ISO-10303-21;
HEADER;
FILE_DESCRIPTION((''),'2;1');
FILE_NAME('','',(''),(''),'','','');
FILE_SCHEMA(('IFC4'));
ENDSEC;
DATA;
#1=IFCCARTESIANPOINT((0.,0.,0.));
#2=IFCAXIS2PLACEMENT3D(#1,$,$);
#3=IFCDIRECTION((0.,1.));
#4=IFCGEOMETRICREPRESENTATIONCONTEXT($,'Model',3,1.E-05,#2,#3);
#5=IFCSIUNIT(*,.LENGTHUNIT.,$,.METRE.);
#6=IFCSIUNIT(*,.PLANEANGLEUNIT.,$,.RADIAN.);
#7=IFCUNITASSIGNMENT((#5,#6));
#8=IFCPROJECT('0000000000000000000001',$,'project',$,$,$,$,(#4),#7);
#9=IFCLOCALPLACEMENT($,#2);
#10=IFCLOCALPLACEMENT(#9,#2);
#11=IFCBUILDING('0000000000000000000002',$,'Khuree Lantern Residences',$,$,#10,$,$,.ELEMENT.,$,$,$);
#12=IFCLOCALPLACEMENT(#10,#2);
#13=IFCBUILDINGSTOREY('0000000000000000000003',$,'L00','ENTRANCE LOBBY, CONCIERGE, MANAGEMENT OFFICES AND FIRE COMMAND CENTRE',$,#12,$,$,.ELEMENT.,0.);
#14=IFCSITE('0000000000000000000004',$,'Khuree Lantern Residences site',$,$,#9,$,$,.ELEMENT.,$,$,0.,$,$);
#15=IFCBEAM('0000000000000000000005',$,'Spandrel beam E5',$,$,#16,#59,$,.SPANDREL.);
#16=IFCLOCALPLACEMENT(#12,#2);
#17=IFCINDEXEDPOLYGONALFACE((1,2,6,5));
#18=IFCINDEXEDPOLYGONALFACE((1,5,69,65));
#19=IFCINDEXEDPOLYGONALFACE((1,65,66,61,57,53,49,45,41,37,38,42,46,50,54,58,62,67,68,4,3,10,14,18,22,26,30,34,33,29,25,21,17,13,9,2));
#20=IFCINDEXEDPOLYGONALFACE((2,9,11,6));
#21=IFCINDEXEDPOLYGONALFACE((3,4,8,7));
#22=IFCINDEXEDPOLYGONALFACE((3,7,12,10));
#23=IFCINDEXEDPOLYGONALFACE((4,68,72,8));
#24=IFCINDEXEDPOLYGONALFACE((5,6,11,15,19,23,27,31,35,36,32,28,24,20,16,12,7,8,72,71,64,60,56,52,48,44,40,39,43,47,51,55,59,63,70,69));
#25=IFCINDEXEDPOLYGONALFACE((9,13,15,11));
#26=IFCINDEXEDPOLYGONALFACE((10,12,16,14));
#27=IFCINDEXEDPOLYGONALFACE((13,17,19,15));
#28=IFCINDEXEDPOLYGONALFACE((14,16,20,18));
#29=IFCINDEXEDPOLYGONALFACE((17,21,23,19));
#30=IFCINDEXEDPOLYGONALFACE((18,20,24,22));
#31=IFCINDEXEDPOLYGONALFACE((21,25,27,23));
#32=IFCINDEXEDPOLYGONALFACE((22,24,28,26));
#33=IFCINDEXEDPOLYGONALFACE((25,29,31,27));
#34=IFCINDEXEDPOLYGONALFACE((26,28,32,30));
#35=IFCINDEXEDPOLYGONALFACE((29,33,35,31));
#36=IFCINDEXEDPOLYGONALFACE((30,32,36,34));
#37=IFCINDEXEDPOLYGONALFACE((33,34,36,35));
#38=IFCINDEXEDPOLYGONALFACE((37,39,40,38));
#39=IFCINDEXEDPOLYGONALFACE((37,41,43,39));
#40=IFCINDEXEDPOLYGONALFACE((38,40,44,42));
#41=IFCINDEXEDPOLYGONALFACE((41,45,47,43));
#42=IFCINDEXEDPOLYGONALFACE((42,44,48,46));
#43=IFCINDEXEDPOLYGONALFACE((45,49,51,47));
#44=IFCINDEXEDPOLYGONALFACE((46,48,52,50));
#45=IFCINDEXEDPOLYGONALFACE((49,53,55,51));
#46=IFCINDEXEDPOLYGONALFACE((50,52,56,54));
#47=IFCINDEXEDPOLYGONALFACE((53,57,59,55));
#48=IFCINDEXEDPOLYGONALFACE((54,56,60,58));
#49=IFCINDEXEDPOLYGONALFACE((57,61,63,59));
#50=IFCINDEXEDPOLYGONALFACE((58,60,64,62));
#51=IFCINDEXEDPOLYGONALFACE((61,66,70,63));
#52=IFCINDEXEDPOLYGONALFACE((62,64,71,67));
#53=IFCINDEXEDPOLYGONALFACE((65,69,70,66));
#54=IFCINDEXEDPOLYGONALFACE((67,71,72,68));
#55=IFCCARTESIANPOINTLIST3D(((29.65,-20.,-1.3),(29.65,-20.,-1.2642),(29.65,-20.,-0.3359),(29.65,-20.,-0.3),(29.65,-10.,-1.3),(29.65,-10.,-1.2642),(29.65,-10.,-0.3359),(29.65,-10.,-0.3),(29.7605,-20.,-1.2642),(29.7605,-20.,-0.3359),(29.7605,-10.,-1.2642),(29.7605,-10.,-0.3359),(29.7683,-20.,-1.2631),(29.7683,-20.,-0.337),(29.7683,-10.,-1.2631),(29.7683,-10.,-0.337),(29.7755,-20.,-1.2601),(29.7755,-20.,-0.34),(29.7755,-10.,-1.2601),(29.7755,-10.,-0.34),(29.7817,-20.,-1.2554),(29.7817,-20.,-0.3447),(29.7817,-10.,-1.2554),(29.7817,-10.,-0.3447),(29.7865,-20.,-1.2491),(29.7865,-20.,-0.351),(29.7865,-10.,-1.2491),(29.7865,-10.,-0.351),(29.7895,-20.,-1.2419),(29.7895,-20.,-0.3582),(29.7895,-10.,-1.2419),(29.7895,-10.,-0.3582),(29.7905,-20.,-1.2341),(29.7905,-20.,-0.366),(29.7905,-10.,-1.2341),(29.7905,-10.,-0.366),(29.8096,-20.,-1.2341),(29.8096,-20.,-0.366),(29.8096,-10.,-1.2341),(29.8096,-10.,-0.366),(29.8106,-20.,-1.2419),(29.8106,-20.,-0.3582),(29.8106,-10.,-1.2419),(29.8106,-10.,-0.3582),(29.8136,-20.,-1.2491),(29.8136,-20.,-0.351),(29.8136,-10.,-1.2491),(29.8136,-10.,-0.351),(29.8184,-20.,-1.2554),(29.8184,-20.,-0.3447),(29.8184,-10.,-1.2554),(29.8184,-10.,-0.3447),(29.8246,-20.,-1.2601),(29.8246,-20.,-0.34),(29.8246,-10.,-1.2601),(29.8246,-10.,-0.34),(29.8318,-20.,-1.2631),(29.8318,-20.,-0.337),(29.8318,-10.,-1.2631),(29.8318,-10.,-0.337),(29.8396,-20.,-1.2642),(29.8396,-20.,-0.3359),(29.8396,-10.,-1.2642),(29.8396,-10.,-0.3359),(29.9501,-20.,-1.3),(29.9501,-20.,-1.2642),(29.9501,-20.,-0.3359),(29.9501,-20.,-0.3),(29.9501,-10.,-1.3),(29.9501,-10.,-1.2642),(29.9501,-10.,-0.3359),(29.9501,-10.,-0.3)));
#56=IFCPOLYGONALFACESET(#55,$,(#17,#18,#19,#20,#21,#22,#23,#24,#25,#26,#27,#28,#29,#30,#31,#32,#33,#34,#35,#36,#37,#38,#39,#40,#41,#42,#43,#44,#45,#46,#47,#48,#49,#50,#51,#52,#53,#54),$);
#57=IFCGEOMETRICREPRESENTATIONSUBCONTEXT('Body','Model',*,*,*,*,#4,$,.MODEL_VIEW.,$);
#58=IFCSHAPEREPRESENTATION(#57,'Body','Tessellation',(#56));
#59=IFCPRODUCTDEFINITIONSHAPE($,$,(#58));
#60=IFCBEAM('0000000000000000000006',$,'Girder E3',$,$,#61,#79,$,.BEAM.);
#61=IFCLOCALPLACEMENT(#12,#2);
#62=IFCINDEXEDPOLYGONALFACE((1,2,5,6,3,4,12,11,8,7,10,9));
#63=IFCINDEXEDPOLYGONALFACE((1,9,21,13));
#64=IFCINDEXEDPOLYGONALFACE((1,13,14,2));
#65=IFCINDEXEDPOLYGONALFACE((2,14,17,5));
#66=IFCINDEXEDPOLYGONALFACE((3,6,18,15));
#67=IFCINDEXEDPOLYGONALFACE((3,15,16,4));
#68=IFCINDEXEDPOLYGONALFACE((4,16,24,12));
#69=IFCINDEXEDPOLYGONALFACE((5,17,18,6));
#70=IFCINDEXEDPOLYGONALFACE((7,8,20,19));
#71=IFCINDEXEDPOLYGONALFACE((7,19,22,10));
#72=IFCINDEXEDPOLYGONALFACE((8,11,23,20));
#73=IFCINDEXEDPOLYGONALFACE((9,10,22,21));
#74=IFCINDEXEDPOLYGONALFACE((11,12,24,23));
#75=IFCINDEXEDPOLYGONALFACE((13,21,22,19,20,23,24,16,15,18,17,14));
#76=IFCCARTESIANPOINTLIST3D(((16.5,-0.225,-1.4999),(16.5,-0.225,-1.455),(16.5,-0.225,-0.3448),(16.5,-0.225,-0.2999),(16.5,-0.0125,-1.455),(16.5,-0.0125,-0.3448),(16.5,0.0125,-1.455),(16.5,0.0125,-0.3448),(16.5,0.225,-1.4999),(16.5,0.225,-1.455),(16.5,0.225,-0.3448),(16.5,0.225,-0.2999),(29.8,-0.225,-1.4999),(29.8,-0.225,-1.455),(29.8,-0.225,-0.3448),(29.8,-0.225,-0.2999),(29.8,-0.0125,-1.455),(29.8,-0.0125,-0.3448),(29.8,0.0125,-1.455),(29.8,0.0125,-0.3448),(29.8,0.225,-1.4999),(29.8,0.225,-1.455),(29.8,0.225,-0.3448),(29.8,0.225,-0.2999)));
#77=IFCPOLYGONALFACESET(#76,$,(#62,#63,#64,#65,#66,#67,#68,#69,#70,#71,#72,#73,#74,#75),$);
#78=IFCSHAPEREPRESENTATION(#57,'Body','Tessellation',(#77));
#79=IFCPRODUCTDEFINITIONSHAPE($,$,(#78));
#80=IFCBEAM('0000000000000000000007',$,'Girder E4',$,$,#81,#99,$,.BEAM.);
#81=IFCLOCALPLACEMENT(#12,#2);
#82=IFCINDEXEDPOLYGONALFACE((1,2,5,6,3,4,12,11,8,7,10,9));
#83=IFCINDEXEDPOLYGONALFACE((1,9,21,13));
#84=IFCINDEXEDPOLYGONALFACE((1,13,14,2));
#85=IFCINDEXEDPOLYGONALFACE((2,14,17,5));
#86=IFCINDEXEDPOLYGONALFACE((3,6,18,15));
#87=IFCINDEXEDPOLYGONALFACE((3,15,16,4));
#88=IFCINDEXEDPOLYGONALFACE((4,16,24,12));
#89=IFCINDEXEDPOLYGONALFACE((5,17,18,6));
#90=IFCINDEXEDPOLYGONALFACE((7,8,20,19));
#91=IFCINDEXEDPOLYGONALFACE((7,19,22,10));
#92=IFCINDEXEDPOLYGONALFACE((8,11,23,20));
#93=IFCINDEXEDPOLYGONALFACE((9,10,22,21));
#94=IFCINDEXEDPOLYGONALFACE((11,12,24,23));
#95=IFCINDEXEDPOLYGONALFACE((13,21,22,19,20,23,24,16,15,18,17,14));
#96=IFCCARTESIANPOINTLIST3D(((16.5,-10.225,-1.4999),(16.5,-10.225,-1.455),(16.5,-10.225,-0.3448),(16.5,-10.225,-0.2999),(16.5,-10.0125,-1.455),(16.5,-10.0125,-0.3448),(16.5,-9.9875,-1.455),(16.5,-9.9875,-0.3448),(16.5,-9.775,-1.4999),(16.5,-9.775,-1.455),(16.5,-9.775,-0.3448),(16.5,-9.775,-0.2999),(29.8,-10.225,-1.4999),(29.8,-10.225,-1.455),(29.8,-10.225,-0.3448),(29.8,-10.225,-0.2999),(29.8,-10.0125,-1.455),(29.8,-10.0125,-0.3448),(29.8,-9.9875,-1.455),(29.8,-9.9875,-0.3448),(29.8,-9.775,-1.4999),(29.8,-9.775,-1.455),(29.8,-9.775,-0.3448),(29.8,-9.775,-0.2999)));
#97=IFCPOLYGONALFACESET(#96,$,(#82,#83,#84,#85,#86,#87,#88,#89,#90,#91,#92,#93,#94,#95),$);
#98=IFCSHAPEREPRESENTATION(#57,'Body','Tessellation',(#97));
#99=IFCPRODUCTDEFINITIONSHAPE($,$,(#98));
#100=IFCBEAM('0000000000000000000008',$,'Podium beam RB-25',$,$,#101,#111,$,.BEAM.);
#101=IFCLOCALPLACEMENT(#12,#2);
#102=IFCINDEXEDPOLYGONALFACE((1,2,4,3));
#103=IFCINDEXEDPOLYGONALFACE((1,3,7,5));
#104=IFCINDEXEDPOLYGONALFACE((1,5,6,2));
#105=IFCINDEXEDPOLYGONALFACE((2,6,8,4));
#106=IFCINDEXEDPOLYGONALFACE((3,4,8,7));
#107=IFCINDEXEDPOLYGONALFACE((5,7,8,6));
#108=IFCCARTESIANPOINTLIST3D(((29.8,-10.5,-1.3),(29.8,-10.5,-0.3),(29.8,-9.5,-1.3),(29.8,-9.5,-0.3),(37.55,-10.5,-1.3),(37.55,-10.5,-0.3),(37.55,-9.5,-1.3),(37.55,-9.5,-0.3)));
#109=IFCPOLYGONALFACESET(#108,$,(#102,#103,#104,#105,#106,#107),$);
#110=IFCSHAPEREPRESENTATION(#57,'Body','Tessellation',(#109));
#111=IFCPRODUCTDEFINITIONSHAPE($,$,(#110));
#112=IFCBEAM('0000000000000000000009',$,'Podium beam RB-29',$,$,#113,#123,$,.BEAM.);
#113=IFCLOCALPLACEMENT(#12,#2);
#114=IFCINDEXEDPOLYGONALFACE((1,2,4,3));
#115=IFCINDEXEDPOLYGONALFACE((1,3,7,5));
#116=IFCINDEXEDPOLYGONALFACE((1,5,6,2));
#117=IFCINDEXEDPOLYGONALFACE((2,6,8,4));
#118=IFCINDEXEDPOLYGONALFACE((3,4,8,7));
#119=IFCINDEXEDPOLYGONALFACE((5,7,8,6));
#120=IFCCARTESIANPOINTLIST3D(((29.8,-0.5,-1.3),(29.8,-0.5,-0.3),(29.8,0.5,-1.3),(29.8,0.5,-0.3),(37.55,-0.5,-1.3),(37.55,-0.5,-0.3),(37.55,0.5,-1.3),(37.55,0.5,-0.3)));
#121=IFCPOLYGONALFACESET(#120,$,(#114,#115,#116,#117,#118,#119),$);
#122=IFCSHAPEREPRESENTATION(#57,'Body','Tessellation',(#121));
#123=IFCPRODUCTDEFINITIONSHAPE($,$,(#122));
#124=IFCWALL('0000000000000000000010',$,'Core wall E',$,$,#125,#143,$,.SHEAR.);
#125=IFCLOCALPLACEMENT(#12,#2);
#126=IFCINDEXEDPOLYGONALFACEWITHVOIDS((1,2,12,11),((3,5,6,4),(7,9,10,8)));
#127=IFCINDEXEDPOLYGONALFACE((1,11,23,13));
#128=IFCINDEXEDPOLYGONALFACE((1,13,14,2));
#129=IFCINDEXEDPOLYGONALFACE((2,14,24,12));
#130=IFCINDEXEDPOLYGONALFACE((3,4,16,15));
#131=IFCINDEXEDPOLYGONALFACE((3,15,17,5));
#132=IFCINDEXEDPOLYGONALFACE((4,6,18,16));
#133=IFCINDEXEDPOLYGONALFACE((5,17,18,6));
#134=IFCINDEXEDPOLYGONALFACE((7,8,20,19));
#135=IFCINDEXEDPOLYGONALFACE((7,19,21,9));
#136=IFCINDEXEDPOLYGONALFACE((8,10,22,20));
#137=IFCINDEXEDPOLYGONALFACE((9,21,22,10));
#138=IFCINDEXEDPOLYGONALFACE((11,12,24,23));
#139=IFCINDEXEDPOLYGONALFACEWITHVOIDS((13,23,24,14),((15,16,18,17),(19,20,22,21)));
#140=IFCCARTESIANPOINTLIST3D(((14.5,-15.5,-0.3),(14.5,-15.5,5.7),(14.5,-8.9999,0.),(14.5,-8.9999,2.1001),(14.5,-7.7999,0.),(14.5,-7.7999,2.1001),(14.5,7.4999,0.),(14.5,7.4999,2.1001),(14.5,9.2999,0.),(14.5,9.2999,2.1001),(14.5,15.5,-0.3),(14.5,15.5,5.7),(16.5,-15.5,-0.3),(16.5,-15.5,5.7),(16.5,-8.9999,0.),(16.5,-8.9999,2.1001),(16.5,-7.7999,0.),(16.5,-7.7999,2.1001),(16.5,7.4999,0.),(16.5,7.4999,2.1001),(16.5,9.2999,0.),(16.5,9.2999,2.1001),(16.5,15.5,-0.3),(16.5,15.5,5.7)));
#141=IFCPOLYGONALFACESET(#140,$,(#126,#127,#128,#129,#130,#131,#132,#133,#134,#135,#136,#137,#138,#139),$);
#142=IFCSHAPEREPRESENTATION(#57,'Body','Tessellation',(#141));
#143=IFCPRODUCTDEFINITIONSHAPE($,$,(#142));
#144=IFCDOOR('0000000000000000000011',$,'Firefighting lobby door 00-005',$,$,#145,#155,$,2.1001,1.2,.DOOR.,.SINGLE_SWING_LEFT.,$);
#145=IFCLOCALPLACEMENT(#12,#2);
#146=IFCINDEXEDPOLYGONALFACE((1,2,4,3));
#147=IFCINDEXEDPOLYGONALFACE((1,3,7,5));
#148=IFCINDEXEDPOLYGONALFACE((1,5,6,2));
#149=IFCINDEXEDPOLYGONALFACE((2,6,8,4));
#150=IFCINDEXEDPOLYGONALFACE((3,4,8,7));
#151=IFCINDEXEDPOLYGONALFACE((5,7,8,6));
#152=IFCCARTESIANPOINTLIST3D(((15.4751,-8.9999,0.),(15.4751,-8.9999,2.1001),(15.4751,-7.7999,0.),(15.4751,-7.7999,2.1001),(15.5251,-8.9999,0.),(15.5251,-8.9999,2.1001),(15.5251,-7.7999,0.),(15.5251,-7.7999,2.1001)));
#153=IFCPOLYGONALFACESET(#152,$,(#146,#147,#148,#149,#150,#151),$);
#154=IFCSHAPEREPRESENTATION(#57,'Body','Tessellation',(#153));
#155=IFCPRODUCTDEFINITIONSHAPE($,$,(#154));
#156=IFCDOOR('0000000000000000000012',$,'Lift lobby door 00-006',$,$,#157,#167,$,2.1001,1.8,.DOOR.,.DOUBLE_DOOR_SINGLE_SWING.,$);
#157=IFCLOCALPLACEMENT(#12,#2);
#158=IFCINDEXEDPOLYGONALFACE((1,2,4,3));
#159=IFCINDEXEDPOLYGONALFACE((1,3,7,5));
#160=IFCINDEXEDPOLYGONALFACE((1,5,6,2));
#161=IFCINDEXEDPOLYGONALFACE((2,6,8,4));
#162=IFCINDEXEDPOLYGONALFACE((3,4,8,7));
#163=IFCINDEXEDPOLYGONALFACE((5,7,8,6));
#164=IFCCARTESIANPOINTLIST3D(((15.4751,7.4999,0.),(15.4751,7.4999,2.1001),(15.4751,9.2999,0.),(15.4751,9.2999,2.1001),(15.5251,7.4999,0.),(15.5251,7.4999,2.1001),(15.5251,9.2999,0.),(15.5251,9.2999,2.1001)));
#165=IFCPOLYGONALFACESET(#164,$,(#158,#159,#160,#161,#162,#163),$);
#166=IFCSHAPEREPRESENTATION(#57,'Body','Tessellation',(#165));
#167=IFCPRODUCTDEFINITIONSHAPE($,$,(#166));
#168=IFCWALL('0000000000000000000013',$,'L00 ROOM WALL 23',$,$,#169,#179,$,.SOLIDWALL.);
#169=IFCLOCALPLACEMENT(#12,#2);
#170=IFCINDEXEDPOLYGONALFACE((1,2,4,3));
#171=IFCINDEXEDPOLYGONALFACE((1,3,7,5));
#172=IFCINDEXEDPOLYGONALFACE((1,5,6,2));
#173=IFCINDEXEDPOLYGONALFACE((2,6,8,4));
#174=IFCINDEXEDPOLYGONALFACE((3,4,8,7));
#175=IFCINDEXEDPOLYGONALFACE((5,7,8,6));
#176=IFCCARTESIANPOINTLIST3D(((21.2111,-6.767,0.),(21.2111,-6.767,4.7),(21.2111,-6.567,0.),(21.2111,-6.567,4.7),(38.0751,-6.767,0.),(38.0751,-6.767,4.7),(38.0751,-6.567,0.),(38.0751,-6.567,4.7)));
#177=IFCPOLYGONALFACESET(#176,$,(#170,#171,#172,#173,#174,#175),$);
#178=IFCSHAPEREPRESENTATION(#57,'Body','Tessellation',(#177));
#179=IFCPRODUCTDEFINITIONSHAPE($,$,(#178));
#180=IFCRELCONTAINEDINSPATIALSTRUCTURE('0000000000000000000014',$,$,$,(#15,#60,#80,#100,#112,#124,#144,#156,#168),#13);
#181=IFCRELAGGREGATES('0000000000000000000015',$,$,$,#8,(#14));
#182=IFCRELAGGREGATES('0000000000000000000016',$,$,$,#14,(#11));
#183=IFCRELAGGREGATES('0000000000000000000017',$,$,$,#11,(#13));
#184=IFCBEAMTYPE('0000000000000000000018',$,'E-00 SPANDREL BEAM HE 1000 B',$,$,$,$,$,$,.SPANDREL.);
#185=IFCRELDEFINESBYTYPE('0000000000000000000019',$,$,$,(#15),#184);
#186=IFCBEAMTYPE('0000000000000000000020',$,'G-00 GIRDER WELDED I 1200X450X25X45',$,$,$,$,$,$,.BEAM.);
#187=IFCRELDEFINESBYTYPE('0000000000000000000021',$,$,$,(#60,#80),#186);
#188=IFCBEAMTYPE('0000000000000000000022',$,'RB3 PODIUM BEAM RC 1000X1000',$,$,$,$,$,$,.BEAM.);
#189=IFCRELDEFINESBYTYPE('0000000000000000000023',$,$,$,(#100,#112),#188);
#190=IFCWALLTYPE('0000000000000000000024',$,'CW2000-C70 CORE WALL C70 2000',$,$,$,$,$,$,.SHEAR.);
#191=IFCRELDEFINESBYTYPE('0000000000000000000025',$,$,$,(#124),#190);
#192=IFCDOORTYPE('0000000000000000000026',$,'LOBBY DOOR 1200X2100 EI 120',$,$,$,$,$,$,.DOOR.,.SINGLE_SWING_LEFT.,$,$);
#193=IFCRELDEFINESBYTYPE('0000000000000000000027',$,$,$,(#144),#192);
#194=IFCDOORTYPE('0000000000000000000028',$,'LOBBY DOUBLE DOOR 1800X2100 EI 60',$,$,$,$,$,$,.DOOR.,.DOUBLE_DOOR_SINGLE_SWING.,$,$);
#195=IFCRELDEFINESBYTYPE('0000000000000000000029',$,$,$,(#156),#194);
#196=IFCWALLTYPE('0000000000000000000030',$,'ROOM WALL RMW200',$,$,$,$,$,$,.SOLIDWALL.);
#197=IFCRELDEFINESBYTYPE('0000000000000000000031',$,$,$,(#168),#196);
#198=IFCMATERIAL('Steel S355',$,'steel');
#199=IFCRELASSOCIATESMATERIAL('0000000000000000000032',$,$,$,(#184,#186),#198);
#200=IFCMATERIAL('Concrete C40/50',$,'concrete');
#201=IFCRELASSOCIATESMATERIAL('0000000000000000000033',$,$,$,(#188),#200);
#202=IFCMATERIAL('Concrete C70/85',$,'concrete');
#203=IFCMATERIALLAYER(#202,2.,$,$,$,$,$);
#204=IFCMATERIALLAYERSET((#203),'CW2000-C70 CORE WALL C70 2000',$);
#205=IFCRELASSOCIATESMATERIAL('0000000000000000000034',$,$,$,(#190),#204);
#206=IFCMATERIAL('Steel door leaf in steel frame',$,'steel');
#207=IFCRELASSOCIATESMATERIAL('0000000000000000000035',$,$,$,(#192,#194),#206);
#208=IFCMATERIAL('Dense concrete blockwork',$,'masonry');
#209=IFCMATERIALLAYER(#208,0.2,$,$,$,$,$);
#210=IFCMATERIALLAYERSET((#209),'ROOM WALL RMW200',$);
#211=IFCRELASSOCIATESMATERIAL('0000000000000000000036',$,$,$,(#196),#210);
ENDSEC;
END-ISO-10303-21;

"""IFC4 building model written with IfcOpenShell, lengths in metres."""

from ifc_helpers import new_model, si_unit, direction, frame, frame_2d, origin, origin_2d, place, context, subcontext, project, spatial, rectangle, i_section, extrude, material, layer, layer_set, material_profile, profile_set, type_object, element, fill, save


model = new_model("IFC4")

# Units and contexts
model_context = context("Model", 3, precision=1e-05, world=origin(), true_north=direction((0.0, 1.0)))
body_context = subcontext(model_context, "Body", "Model", "MODEL_VIEW")
ifc_project = project(units=[si_unit("LENGTHUNIT", "METRE"), si_unit("PLANEANGLEUNIT", "RADIAN")], contexts=[model_context])

# Site, building, storey
site_placement = place(None, origin())
site = spatial("IfcSite", under=ifc_project, at=site_placement, Name="Khuree Lantern Residences site", CompositionType="ELEMENT", RefElevation=0.0)
building_placement = place(site_placement, origin())
building = spatial("IfcBuilding", under=site, at=building_placement, Name="Khuree Lantern Residences", CompositionType="ELEMENT")
storey_placement = place(building_placement, origin())
storey = spatial("IfcBuildingStorey", under=building, at=storey_placement, Name="L00", Description="ENTRANCE LOBBY, CONCIERGE, MANAGEMENT OFFICES AND FIRE COMMAND CENTRE", CompositionType="ELEMENT", Elevation=0.0)

# Shared definitions
ifc_material_1 = material(Name="Concrete C70/85", Category="concrete")

# Beams
ifc_material_2 = material(Name="Steel S355", Category="steel")
ifc_material_profile_1 = material_profile(ifc_material_2, i_section(OverallWidth=0.3, OverallDepth=1.0, WebThickness=0.019, FlangeThickness=0.0359, FilletRadius=0.03, at=origin_2d()), Name="HE 1000 B")
ifc_profile_set_1 = profile_set([ifc_material_profile_1], Name="Steel S355")
beam_type_1 = type_object("IfcBeamType", Name="E-00 SPANDREL BEAM HE 1000 B", PredefinedType="SPANDREL", material=ifc_profile_set_1)
for number, where, z_axis, x_axis, name in (
    (1, (29.8, -10.0, -0.8), (0.0, -1.0, 0.0), (1.0, 0.0, 0.0), "Spandrel beam E5"),
):
    element("IfcBeam", number, at=place(storey_placement, frame(where, z_axis=z_axis, x_axis=x_axis)), inside=storey, type_object=beam_type_1, Name=name, PredefinedType="SPANDREL", context=body_context, shape_type="SweptSolid", body=[
        extrude(i_section(OverallWidth=0.3, OverallDepth=1.0, WebThickness=0.019, FlangeThickness=0.0359, FilletRadius=0.03, at=origin_2d()), origin(), (0.0, 0.0, 1.0), 10.0),
    ])
ifc_material_profile_2 = material_profile(ifc_material_2, i_section(OverallWidth=0.45, OverallDepth=1.2, WebThickness=0.0249, FlangeThickness=0.0449, at=origin_2d()), Name="WELDED I 1200X450X25X45")
ifc_profile_set_2 = profile_set([ifc_material_profile_2], Name="Steel S355")
beam_type_2 = type_object("IfcBeamType", Name="G-00 GIRDER WELDED I 1200X450X25X45", PredefinedType="BEAM", material=ifc_profile_set_2)
for number, where, z_axis, x_axis, name in (
    (2, (29.8, 0.0, -0.8999), (-1.0, 0.0, 0.0), (0.0, -1.0, 0.0), "Girder E3"),
    (3, (29.8, -10.0, -0.8999), (-1.0, 0.0, 0.0), (0.0, -1.0, 0.0), "Girder E4"),
):
    element("IfcBeam", number, at=place(storey_placement, frame(where, z_axis=z_axis, x_axis=x_axis)), inside=storey, type_object=beam_type_2, Name=name, PredefinedType="BEAM", context=body_context, shape_type="SweptSolid", body=[
        extrude(i_section(OverallWidth=0.45, OverallDepth=1.2, WebThickness=0.0249, FlangeThickness=0.0449, at=origin_2d()), origin(), (0.0, 0.0, 1.0), 13.3),
    ])
ifc_material_3 = material(Name="Concrete C40/50", Category="concrete")
ifc_material_profile_3 = material_profile(ifc_material_3, rectangle(XDim=1.0, YDim=1.0, at=origin_2d()), Name="RC 1000X1000")
ifc_profile_set_3 = profile_set([ifc_material_profile_3], Name="Concrete C40/50")
beam_type_3 = type_object("IfcBeamType", Name="RB3 PODIUM BEAM RC 1000X1000", PredefinedType="BEAM", material=ifc_profile_set_3)
for number, where, z_axis, x_axis, name in (
    (4, (29.8, -10.0, -0.8), (1.0, 0.0, 0.0), (0.0, 1.0, 0.0), "Podium beam RB-25"),
    (5, (29.8, 0.0, -0.8), (1.0, 0.0, 0.0), (0.0, 1.0, 0.0), "Podium beam RB-29"),
):
    element("IfcBeam", number, at=place(storey_placement, frame(where, z_axis=z_axis, x_axis=x_axis)), inside=storey, type_object=beam_type_3, Name=name, PredefinedType="BEAM", context=body_context, shape_type="SweptSolid", body=[
        extrude(rectangle(XDim=1.0, YDim=1.0, at=origin_2d()), origin(), (0.0, 0.0, 1.0), 7.75),
    ])

# Wall, openings, doors
ifc_layer_1 = layer(ifc_material_1, 2.0)
ifc_layer_set_1 = layer_set([ifc_layer_1], Name="CW2000-C70 CORE WALL C70 2000")
wall_type_1 = type_object("IfcWallType", Name="CW2000-C70 CORE WALL C70 2000", PredefinedType="SHEAR", material=ifc_layer_set_1)
wall_1_placement = place(storey_placement, frame((15.5, -15.5, -0.3), z_axis=(0.0, 0.0, 1.0), x_axis=(0.0, 1.0, 0.0)))
wall_1 = element("IfcWall", 6, at=wall_1_placement, inside=storey, type_object=wall_type_1, Name="Core wall E", PredefinedType="SHEAR", context=body_context, shape_type="SweptSolid", body=[
    extrude(rectangle(XDim=31.0, YDim=2.0, at=frame_2d((15.5, 0.0))), origin(), (0.0, 0.0, 1.0), 6.0),
])
opening_1_placement = place(wall_1_placement, frame((6.5, 0.0, 0.3)))
opening_1 = element("IfcOpeningElement", 7, at=opening_1_placement, cuts=wall_1, PredefinedType="OPENING", context=body_context, shape_type="SweptSolid", body=[
    extrude(rectangle(XDim=1.2, YDim=2.1001, at=frame_2d((0.6001, 1.05))), frame((0.0, 1.01, 0.0), z_axis=(0.0, -1.0, 0.0), x_axis=(1.0, 0.0, 0.0)), (0.0, 0.0, 1.0), 2.02),
])
opening_2_placement = place(wall_1_placement, frame((23.0, 0.0, 0.3)))
opening_2 = element("IfcOpeningElement", 8, at=opening_2_placement, cuts=wall_1, PredefinedType="OPENING", context=body_context, shape_type="SweptSolid", body=[
    extrude(rectangle(XDim=1.8, YDim=2.1001, at=frame_2d((0.8999, 1.05))), frame((0.0, 1.01, 0.0), z_axis=(0.0, -1.0, 0.0), x_axis=(1.0, 0.0, 0.0)), (0.0, 0.0, 1.0), 2.02),
])
ifc_material_4 = material(Name="Steel door leaf in steel frame", Category="steel")
door_type_1 = type_object("IfcDoorType", Name="LOBBY DOOR 1200X2100 EI 120", OperationType="SINGLE_SWING_LEFT", PredefinedType="DOOR", material=ifc_material_4)
door_1_placement = place(opening_1_placement, origin())
door_1 = element("IfcDoor", 9, at=door_1_placement, inside=storey, type_object=door_type_1, Name="Firefighting lobby door 00-005", OperationType="SINGLE_SWING_LEFT", OverallHeight=2.1001, OverallWidth=1.2, PredefinedType="DOOR", context=body_context, shape_type="SweptSolid", body=[
    extrude(rectangle(XDim=1.2, YDim=2.1001, at=frame_2d((0.6001, 1.05))), frame((0.0, 0.0249, 0.0), z_axis=(0.0, -1.0, 0.0), x_axis=(1.0, 0.0, 0.0)), (0.0, 0.0, 1.0), 0.05),
])
fill(opening_1, door_1)
door_type_2 = type_object("IfcDoorType", Name="LOBBY DOUBLE DOOR 1800X2100 EI 60", OperationType="DOUBLE_DOOR_SINGLE_SWING", PredefinedType="DOOR", material=ifc_material_4)
door_2_placement = place(opening_2_placement, origin())
door_2 = element("IfcDoor", 10, at=door_2_placement, inside=storey, type_object=door_type_2, Name="Lift lobby door 00-006", OperationType="DOUBLE_DOOR_SINGLE_SWING", OverallHeight=2.1001, OverallWidth=1.8, PredefinedType="DOOR", context=body_context, shape_type="SweptSolid", body=[
    extrude(rectangle(XDim=1.8, YDim=2.1001, at=frame_2d((0.8999, 1.05))), frame((0.0, 0.0249, 0.0), z_axis=(0.0, -1.0, 0.0), x_axis=(1.0, 0.0, 0.0)), (0.0, 0.0, 1.0), 0.05),
])
fill(opening_2, door_2)

# Wall
ifc_material_5 = material(Name="Dense concrete blockwork", Category="masonry")
ifc_layer_2 = layer(ifc_material_5, 0.2)
ifc_layer_set_2 = layer_set([ifc_layer_2], Name="ROOM WALL RMW200")
wall_type_2 = type_object("IfcWallType", Name="ROOM WALL RMW200", PredefinedType="SOLIDWALL", material=ifc_layer_set_2)
wall_2_placement = place(storey_placement, frame((21.2109, -6.667, 0.0), z_axis=(0.0, 0.0, 1.0), x_axis=(1.0, 0.0, 0.0)))
element("IfcWall", 11, at=wall_2_placement, inside=storey, type_object=wall_type_2, Name="L00 ROOM WALL 23", PredefinedType="SOLIDWALL", context=body_context, shape_type="SweptSolid", body=[
    extrude(rectangle(XDim=16.864, YDim=0.2, at=frame_2d((8.4321, 0.0))), origin(), (0.0, 0.0, 1.0), 4.7),
])

save(model, "model.ifc")
